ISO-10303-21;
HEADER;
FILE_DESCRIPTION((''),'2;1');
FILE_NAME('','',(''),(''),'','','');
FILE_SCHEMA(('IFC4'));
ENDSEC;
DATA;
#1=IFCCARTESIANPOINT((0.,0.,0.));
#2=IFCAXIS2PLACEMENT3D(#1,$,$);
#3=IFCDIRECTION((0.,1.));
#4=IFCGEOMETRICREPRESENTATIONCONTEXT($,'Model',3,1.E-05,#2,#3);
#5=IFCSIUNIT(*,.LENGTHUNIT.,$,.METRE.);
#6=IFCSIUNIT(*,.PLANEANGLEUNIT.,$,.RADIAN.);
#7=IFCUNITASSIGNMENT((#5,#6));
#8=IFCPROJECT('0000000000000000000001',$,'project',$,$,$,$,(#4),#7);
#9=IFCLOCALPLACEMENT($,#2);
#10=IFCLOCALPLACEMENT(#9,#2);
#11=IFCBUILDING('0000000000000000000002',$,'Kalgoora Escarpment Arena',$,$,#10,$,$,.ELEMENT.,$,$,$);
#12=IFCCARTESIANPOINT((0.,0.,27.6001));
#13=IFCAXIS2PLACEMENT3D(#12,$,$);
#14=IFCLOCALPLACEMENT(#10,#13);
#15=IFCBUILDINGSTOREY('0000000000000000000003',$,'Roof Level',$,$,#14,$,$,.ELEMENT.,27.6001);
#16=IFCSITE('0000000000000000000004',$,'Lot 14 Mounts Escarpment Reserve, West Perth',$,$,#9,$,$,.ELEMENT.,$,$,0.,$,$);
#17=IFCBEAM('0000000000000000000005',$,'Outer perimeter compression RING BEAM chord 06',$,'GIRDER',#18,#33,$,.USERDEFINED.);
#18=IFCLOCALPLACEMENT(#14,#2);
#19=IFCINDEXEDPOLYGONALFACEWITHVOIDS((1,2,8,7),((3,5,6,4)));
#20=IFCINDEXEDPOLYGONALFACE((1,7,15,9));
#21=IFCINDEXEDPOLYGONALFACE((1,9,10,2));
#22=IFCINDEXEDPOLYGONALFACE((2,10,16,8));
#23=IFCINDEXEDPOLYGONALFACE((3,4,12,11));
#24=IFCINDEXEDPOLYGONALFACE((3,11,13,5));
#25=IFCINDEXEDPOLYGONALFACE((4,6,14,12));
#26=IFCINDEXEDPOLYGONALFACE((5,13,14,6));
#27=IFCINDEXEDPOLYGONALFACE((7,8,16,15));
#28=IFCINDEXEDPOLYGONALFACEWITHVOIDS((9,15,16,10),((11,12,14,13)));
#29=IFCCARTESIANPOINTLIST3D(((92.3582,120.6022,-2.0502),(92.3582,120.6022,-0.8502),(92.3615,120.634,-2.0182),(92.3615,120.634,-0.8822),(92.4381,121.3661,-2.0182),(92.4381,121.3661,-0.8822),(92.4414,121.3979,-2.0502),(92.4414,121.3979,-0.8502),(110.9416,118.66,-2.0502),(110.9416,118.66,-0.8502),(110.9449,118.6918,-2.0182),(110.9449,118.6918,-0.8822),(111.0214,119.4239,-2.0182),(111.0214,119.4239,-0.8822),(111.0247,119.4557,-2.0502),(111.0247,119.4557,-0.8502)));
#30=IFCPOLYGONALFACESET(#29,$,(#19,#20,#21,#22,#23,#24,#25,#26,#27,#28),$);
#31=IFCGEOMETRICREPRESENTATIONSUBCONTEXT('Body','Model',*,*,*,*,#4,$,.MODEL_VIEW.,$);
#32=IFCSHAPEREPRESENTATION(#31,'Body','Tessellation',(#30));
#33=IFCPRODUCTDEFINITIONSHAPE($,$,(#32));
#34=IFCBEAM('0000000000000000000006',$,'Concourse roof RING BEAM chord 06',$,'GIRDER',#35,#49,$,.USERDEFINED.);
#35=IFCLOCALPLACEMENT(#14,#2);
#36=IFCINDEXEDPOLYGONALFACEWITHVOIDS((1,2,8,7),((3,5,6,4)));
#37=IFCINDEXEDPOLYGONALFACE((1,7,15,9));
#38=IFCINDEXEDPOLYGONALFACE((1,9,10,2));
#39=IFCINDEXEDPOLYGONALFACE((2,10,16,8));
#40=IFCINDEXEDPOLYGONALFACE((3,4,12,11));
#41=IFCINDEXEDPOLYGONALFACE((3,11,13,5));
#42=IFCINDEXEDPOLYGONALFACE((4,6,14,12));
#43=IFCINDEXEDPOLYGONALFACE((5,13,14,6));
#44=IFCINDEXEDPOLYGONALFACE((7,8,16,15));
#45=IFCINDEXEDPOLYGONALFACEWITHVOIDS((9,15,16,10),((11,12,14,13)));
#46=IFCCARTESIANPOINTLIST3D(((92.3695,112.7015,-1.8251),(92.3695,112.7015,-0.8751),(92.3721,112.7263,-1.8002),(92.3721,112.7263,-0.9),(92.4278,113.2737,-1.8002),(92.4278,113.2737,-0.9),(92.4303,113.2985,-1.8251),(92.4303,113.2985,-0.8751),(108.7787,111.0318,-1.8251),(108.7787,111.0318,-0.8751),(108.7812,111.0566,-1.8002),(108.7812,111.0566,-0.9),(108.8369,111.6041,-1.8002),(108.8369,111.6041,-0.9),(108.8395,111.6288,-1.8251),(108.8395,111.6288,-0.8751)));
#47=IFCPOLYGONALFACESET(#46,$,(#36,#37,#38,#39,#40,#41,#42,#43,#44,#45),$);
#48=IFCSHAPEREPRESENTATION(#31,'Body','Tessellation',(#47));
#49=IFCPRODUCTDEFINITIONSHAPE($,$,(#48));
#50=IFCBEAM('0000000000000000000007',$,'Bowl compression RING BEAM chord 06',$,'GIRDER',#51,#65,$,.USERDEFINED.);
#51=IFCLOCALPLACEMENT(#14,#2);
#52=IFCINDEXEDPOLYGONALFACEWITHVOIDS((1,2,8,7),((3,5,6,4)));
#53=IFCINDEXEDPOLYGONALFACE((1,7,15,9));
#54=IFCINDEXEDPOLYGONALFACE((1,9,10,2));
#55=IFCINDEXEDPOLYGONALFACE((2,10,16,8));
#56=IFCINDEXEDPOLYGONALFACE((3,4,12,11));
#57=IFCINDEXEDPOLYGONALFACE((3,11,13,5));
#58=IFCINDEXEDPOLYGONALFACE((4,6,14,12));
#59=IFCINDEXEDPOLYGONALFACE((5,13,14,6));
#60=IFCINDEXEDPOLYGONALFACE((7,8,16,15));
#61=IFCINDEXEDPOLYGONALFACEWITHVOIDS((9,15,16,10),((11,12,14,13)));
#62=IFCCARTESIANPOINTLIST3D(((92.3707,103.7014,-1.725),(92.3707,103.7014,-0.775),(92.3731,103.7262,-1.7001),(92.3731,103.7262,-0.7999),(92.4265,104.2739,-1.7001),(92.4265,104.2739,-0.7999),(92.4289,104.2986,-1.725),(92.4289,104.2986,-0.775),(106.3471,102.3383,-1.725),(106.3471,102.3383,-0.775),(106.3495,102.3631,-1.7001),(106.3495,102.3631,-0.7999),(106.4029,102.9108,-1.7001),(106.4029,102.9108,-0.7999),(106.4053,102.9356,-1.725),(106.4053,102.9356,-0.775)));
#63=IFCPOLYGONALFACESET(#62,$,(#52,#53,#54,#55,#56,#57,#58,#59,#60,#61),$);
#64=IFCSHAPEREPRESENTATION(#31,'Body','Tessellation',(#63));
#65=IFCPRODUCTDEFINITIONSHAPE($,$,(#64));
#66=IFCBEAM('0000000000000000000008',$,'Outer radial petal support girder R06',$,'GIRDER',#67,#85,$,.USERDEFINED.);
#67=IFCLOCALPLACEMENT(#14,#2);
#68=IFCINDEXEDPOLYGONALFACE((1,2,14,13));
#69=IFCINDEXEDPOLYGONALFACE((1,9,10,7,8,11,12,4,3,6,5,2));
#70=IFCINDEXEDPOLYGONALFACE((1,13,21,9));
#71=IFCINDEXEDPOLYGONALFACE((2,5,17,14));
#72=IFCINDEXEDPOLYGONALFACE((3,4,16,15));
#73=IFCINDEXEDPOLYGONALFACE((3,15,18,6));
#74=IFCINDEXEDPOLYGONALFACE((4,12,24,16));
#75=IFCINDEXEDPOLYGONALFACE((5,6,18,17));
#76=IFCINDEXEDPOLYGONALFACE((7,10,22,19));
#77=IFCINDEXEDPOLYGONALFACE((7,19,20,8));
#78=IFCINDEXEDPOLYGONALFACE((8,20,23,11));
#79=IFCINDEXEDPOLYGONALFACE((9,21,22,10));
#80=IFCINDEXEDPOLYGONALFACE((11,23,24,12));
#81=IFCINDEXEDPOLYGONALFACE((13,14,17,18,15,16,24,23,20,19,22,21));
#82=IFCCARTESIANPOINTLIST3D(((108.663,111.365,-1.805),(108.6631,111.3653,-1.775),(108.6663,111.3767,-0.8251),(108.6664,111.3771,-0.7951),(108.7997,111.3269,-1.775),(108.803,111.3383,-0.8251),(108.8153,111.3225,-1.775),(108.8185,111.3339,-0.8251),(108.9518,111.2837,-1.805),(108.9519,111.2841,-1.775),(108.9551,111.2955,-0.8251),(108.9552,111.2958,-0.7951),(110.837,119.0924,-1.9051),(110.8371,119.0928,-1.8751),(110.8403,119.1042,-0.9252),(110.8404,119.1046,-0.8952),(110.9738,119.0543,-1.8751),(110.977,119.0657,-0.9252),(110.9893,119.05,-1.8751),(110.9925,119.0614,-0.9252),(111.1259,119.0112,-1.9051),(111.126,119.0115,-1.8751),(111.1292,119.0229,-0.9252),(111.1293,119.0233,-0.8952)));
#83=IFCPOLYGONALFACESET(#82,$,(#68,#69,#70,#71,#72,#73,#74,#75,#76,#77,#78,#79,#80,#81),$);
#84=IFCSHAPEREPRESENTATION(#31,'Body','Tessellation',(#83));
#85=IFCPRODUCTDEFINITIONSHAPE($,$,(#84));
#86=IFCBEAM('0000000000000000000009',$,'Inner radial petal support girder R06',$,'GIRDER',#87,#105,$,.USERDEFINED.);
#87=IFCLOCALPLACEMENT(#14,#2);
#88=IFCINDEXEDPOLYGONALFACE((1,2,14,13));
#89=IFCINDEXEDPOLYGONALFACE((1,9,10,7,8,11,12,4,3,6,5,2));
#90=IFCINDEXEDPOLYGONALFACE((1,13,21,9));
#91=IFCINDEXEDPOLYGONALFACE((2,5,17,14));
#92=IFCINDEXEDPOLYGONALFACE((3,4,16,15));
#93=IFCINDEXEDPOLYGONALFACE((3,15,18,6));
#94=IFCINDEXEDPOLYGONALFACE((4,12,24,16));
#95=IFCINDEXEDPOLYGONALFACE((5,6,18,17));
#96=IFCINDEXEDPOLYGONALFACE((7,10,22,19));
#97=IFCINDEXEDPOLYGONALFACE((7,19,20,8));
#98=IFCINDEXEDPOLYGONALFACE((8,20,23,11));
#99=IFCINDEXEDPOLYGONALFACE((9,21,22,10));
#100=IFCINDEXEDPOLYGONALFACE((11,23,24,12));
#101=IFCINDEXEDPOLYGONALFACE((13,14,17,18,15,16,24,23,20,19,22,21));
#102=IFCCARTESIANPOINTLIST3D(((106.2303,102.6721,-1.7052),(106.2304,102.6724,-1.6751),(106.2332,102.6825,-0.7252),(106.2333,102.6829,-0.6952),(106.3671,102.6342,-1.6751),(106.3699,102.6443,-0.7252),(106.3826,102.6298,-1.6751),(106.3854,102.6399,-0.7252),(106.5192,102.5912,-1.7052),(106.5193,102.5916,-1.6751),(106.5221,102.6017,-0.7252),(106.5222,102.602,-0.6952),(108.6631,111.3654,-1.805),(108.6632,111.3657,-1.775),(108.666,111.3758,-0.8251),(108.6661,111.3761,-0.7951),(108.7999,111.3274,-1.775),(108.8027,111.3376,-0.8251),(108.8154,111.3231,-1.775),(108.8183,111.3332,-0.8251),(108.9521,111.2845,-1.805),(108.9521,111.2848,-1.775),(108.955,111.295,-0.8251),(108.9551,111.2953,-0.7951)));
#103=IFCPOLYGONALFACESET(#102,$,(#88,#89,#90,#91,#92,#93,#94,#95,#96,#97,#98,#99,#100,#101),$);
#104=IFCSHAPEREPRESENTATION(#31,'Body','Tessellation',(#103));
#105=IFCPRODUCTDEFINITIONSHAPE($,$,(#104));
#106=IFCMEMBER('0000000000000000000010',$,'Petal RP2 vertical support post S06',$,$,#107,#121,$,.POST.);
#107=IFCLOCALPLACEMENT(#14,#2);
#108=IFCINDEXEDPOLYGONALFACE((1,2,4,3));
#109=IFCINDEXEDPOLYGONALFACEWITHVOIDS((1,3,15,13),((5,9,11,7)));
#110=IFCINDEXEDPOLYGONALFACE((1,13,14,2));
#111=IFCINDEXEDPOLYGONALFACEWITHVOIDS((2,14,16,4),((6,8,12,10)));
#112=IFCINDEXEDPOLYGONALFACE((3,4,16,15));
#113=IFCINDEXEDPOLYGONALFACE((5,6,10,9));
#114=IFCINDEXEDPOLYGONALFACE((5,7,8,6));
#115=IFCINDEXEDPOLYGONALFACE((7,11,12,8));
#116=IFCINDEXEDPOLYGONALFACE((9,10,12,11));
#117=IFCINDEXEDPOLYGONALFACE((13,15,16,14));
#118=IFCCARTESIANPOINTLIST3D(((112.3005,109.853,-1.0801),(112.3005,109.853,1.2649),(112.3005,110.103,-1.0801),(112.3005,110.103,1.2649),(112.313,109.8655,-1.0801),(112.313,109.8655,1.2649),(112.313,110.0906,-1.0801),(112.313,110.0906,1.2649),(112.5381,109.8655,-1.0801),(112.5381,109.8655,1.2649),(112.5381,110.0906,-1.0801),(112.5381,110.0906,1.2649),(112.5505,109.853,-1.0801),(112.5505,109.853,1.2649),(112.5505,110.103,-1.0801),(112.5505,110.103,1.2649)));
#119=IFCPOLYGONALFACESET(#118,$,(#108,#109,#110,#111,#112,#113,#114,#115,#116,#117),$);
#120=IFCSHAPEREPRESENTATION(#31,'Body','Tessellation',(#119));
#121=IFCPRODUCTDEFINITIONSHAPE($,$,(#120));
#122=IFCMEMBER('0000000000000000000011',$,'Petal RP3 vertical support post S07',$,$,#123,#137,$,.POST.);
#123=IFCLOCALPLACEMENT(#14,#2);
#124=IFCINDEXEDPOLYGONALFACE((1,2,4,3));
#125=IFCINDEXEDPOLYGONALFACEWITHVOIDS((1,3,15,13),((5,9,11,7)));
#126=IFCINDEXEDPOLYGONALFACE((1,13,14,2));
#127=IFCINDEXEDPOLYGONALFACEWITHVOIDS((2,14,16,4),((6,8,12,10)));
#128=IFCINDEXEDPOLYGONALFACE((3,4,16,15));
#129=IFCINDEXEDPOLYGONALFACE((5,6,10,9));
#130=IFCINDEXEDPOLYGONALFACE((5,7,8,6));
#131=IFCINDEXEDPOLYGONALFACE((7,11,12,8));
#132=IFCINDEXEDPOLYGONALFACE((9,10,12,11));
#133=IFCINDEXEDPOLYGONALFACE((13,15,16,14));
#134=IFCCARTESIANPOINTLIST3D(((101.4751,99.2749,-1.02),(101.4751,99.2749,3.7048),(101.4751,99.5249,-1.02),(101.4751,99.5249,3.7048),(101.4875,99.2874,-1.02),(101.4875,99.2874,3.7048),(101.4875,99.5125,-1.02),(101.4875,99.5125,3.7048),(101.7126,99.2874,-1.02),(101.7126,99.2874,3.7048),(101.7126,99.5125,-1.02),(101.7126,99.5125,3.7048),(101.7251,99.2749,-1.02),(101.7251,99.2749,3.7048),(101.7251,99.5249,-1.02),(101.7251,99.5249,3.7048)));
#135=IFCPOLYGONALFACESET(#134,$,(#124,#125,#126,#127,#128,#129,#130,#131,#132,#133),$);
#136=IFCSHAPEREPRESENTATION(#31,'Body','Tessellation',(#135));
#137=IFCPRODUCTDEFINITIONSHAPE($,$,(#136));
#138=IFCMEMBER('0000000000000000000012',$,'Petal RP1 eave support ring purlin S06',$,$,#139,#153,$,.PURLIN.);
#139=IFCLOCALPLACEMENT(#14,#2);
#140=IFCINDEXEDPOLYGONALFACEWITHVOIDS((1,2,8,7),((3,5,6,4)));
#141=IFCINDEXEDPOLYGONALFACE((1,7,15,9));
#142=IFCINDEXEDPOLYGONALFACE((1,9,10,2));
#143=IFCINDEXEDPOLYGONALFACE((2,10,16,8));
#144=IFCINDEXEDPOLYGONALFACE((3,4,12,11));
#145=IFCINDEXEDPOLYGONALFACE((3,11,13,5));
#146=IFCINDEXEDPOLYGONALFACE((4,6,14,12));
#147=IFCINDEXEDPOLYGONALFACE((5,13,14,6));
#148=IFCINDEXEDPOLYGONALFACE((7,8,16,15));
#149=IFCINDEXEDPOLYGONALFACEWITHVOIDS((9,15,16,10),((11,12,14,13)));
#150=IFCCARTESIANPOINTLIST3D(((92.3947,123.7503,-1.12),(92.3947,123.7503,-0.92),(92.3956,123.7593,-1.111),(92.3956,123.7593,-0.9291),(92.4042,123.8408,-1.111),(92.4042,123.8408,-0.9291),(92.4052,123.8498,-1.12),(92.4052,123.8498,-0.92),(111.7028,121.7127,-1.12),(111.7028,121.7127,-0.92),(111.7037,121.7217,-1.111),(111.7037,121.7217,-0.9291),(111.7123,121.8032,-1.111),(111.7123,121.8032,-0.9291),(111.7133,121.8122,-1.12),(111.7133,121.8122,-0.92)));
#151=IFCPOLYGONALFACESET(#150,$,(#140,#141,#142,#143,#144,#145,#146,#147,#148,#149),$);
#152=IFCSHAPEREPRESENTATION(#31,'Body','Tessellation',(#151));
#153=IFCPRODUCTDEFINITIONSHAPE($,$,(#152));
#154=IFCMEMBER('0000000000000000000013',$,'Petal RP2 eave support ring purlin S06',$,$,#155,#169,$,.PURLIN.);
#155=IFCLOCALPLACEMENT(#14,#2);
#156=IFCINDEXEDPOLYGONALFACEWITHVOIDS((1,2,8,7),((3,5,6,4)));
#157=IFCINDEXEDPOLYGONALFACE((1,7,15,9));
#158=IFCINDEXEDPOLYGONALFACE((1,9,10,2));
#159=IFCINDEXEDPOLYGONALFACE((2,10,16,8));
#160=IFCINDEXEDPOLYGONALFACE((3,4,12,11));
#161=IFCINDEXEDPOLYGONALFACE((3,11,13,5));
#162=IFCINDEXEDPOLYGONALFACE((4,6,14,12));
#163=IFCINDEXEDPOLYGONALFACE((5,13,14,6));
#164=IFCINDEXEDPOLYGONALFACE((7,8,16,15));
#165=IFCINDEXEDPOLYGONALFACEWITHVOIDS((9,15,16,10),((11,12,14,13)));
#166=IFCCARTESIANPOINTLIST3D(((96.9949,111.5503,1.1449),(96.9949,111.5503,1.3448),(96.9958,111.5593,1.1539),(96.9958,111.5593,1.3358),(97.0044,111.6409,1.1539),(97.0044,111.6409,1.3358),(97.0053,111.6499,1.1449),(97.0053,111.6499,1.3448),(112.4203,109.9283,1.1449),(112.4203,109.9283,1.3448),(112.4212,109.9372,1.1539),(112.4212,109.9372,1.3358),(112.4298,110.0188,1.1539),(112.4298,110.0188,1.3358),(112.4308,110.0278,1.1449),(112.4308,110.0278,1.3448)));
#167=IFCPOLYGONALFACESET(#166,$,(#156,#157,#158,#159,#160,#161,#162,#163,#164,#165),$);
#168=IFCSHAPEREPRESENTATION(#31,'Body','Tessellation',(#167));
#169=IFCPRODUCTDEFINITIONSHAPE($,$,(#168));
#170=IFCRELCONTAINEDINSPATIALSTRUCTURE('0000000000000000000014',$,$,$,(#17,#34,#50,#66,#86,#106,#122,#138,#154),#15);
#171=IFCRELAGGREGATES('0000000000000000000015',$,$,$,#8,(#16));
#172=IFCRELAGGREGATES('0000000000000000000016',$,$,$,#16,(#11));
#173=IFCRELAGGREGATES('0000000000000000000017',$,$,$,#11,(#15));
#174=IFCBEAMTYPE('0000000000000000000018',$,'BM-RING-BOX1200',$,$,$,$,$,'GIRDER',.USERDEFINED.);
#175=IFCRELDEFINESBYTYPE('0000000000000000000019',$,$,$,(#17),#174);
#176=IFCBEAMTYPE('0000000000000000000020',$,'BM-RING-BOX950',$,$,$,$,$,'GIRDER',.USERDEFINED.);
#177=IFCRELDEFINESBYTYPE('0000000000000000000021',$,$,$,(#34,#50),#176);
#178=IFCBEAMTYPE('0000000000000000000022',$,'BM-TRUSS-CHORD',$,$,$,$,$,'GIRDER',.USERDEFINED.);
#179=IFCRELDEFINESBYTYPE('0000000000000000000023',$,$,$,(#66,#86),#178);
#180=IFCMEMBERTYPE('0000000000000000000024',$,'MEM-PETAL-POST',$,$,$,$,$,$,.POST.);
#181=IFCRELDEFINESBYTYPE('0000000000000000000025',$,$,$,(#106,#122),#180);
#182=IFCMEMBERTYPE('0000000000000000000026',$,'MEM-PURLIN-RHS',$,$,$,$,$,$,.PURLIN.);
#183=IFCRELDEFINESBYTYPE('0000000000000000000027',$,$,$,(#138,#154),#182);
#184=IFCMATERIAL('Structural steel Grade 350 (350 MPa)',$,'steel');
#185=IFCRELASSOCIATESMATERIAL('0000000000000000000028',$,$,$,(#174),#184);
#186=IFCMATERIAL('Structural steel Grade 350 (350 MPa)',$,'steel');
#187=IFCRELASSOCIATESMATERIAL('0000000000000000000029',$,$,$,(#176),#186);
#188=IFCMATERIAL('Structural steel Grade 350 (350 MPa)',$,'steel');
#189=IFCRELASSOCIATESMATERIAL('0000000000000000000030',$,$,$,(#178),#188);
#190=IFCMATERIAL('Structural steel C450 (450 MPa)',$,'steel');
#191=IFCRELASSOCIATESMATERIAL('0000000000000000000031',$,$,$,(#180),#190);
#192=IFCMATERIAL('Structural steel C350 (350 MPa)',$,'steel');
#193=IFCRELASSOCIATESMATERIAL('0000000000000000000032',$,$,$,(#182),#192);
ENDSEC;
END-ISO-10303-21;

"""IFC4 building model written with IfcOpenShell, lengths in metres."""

from ifc_helpers import new_model, si_unit, direction, frame, origin, origin_2d, place, context, subcontext, project, spatial, hollow_rectangle, i_section, extrude, material, material_profile, profile_set, type_object, element, save


model = new_model("IFC4")

# Units and contexts
model_context = context("Model", 3, precision=1e-05, world=origin(), true_north=direction((0.0, 1.0)))
body_context = subcontext(model_context, "Body", "Model", "MODEL_VIEW")
ifc_project = project(units=[si_unit("LENGTHUNIT", "METRE"), si_unit("PLANEANGLEUNIT", "RADIAN")], contexts=[model_context])

# Site, building, storey
site_placement = place(None, origin())
site = spatial("IfcSite", under=ifc_project, at=site_placement, Name="Lot 14 Mounts Escarpment Reserve, West Perth", CompositionType="ELEMENT", RefElevation=0.0)
building_placement = place(site_placement, origin())
building = spatial("IfcBuilding", under=site, at=building_placement, Name="Kalgoora Escarpment Arena", CompositionType="ELEMENT")
storey_placement = place(building_placement, frame((0.0, 0.0, 27.6001)))
storey = spatial("IfcBuildingStorey", under=building, at=storey_placement, Name="Roof Level", CompositionType="ELEMENT", Elevation=27.6001)

# Beams
ifc_material_1 = material(Name="Structural steel Grade 350 (350 MPa)", Category="steel")
ifc_material_profile_1 = material_profile(ifc_material_1, hollow_rectangle(XDim=0.8, YDim=1.2, WallThickness=0.032, at=origin_2d()))
ifc_profile_set_1 = profile_set([ifc_material_profile_1], Name="Structural steel Grade 350 (350 MPa)")
beam_type_1 = type_object("IfcBeamType", Name="BM-RING-BOX1200", ElementType="GIRDER", PredefinedType="USERDEFINED", material=ifc_profile_set_1)
beam_1_placement = place(storey_placement, frame((110.9832, 119.0579, -1.4502), z_axis=(-0.994583, 0.103944, 0.0), x_axis=(-0.103944, -0.994583, 0.0)))
element("IfcBeam", 1, at=beam_1_placement, inside=storey, type_object=beam_type_1, Name="Outer perimeter compression RING BEAM chord 06", ObjectType="GIRDER", PredefinedType="USERDEFINED", context=body_context, shape_type="SweptSolid", body=[
    extrude(hollow_rectangle(XDim=0.8, YDim=1.2, WallThickness=0.032, at=origin_2d()), origin(), (0.0, 0.0, 1.0), 18.6846),
])
ifc_material_2 = material(Name="Structural steel Grade 350 (350 MPa)", Category="steel")
ifc_material_profile_2 = material_profile(ifc_material_2, hollow_rectangle(XDim=0.6001, YDim=0.95, WallThickness=0.0249, at=origin_2d()))
ifc_profile_set_2 = profile_set([ifc_material_profile_2], Name="Structural steel Grade 350 (350 MPa)")
beam_type_2 = type_object("IfcBeamType", Name="BM-RING-BOX950", ElementType="GIRDER", PredefinedType="USERDEFINED", material=ifc_profile_set_2)
beam_2_placement = place(storey_placement, frame((108.8091, 111.3303, -1.3501), z_axis=(-0.994863, 0.10123, 0.0), x_axis=(-0.10123, -0.994863, 0.0)))
element("IfcBeam", 2, at=beam_2_placement, inside=storey, type_object=beam_type_2, Name="Concourse roof RING BEAM chord 06", ObjectType="GIRDER", PredefinedType="USERDEFINED", context=body_context, shape_type="SweptSolid", body=[
    extrude(hollow_rectangle(XDim=0.6001, YDim=0.95, WallThickness=0.0249, at=origin_2d()), origin(), (0.0, 0.0, 1.0), 16.4939),
])
beam_3_placement = place(storey_placement, frame((106.3762, 102.637, -1.25), z_axis=(-0.995278, 0.097064, 0.0), x_axis=(-0.097064, -0.995278, 0.0)))
element("IfcBeam", 3, at=beam_3_placement, inside=storey, type_object=beam_type_2, Name="Bowl compression RING BEAM chord 06", ObjectType="GIRDER", PredefinedType="USERDEFINED", context=body_context, shape_type="SweptSolid", body=[
    extrude(hollow_rectangle(XDim=0.6001, YDim=0.95, WallThickness=0.0249, at=origin_2d()), origin(), (0.0, 0.0, 1.0), 14.0427),
])
ifc_material_3 = material(Name="Structural steel Grade 350 (350 MPa)", Category="steel")
ifc_material_profile_3 = material_profile(ifc_material_3, i_section(OverallWidth=0.3, OverallDepth=1.01, WebThickness=0.0161, FlangeThickness=0.03, at=origin_2d()))
ifc_profile_set_3 = profile_set([ifc_material_profile_3], Name="Structural steel Grade 350 (350 MPa)")
beam_type_3 = type_object("IfcBeamType", Name="BM-TRUSS-CHORD", ElementType="GIRDER", PredefinedType="USERDEFINED", material=ifc_profile_set_3)
beam_4_placement = place(storey_placement, frame((110.9832, 119.0579, -1.4001), z_axis=(-0.270806, -0.962553, 0.012468), x_axis=(0.962628, -0.270827, 0.0)))
element("IfcBeam", 4, at=beam_4_placement, inside=storey, type_object=beam_type_3, Name="Outer radial petal support girder R06", ObjectType="GIRDER", PredefinedType="USERDEFINED", context=body_context, shape_type="SweptSolid", body=[
    extrude(i_section(OverallWidth=0.3, OverallDepth=1.01, WebThickness=0.0161, FlangeThickness=0.03, at=origin_2d()), origin(), (0.0, 0.0, 1.0), 8.0281),
])
beam_5_placement = place(storey_placement, frame((108.8091, 111.3303, -1.3), z_axis=(-0.269482, -0.962942, 0.011061), x_axis=(0.963001, -0.269499, 0.0)))
element("IfcBeam", 5, at=beam_5_placement, inside=storey, type_object=beam_type_3, Name="Inner radial petal support girder R06", ObjectType="GIRDER", PredefinedType="USERDEFINED", context=body_context, shape_type="SweptSolid", body=[
    extrude(i_section(OverallWidth=0.3, OverallDepth=1.01, WebThickness=0.0161, FlangeThickness=0.03, at=origin_2d()), origin(), (0.0, 0.0, 1.0), 9.0278),
])

# Members
ifc_material_4 = material(Name="Structural steel C450 (450 MPa)", Category="steel")
ifc_material_profile_4 = material_profile(ifc_material_4, hollow_rectangle(XDim=0.25, YDim=0.25, WallThickness=0.0125, at=origin_2d()))
ifc_profile_set_4 = profile_set([ifc_material_profile_4], Name="Structural steel C450 (450 MPa)")
member_type_1 = type_object("IfcMemberType", Name="MEM-PETAL-POST", PredefinedType="POST", material=ifc_profile_set_4)
member_1_placement = place(storey_placement, frame((112.4255, 109.978, -1.0801), z_axis=(0.0, 0.0, 1.0), x_axis=(1.0, 0.0, 0.0)))
element("IfcMember", 6, at=member_1_placement, inside=storey, type_object=member_type_1, Name="Petal RP2 vertical support post S06", PredefinedType="POST", context=body_context, shape_type="SweptSolid", body=[
    extrude(hollow_rectangle(XDim=0.25, YDim=0.25, WallThickness=0.0125, at=origin_2d()), origin(), (0.0, 0.0, 1.0), 2.345),
])
member_2_placement = place(storey_placement, frame((101.6001, 99.3999, -1.02), z_axis=(0.0, 0.0, 1.0), x_axis=(1.0, 0.0, 0.0)))
element("IfcMember", 7, at=member_2_placement, inside=storey, type_object=member_type_1, Name="Petal RP3 vertical support post S07", PredefinedType="POST", context=body_context, shape_type="SweptSolid", body=[
    extrude(hollow_rectangle(XDim=0.25, YDim=0.25, WallThickness=0.0125, at=origin_2d()), origin(), (0.0, 0.0, 1.0), 4.7249),
])
ifc_material_5 = material(Name="Structural steel C350 (350 MPa)", Category="steel")
ifc_material_profile_5 = material_profile(ifc_material_5, hollow_rectangle(XDim=0.1001, YDim=0.2, WallThickness=0.009, at=origin_2d()))
ifc_profile_set_5 = profile_set([ifc_material_profile_5], Name="Structural steel C350 (350 MPa)")
member_type_2 = type_object("IfcMemberType", Name="MEM-PURLIN-RHS", PredefinedType="PURLIN", material=ifc_profile_set_5)
member_3_placement = place(storey_placement, frame((111.708, 121.7625, -1.02), z_axis=(-0.994478, 0.104948, 0.0), x_axis=(-0.104948, -0.994478, 0.0)))
element("IfcMember", 8, at=member_3_placement, inside=storey, type_object=member_type_2, Name="Petal RP1 eave support ring purlin S06", PredefinedType="PURLIN", context=body_context, shape_type="SweptSolid", body=[
    extrude(hollow_rectangle(XDim=0.1001, YDim=0.2, WallThickness=0.009, at=origin_2d()), origin(), (0.0, 0.0, 1.0), 19.4153),
])
member_4_placement = place(storey_placement, frame((112.4255, 109.978, 1.2449), z_axis=(-0.994517, 0.104578, 0.0), x_axis=(-0.104578, -0.994517, 0.0)))
element("IfcMember", 9, at=member_4_placement, inside=storey, type_object=member_type_2, Name="Petal RP2 eave support ring purlin S06", PredefinedType="PURLIN", context=body_context, shape_type="SweptSolid", body=[
    extrude(hollow_rectangle(XDim=0.1001, YDim=0.2, WallThickness=0.009, at=origin_2d()), origin(), (0.0, 0.0, 1.0), 15.5105),
])

save(model, "model.ifc")
